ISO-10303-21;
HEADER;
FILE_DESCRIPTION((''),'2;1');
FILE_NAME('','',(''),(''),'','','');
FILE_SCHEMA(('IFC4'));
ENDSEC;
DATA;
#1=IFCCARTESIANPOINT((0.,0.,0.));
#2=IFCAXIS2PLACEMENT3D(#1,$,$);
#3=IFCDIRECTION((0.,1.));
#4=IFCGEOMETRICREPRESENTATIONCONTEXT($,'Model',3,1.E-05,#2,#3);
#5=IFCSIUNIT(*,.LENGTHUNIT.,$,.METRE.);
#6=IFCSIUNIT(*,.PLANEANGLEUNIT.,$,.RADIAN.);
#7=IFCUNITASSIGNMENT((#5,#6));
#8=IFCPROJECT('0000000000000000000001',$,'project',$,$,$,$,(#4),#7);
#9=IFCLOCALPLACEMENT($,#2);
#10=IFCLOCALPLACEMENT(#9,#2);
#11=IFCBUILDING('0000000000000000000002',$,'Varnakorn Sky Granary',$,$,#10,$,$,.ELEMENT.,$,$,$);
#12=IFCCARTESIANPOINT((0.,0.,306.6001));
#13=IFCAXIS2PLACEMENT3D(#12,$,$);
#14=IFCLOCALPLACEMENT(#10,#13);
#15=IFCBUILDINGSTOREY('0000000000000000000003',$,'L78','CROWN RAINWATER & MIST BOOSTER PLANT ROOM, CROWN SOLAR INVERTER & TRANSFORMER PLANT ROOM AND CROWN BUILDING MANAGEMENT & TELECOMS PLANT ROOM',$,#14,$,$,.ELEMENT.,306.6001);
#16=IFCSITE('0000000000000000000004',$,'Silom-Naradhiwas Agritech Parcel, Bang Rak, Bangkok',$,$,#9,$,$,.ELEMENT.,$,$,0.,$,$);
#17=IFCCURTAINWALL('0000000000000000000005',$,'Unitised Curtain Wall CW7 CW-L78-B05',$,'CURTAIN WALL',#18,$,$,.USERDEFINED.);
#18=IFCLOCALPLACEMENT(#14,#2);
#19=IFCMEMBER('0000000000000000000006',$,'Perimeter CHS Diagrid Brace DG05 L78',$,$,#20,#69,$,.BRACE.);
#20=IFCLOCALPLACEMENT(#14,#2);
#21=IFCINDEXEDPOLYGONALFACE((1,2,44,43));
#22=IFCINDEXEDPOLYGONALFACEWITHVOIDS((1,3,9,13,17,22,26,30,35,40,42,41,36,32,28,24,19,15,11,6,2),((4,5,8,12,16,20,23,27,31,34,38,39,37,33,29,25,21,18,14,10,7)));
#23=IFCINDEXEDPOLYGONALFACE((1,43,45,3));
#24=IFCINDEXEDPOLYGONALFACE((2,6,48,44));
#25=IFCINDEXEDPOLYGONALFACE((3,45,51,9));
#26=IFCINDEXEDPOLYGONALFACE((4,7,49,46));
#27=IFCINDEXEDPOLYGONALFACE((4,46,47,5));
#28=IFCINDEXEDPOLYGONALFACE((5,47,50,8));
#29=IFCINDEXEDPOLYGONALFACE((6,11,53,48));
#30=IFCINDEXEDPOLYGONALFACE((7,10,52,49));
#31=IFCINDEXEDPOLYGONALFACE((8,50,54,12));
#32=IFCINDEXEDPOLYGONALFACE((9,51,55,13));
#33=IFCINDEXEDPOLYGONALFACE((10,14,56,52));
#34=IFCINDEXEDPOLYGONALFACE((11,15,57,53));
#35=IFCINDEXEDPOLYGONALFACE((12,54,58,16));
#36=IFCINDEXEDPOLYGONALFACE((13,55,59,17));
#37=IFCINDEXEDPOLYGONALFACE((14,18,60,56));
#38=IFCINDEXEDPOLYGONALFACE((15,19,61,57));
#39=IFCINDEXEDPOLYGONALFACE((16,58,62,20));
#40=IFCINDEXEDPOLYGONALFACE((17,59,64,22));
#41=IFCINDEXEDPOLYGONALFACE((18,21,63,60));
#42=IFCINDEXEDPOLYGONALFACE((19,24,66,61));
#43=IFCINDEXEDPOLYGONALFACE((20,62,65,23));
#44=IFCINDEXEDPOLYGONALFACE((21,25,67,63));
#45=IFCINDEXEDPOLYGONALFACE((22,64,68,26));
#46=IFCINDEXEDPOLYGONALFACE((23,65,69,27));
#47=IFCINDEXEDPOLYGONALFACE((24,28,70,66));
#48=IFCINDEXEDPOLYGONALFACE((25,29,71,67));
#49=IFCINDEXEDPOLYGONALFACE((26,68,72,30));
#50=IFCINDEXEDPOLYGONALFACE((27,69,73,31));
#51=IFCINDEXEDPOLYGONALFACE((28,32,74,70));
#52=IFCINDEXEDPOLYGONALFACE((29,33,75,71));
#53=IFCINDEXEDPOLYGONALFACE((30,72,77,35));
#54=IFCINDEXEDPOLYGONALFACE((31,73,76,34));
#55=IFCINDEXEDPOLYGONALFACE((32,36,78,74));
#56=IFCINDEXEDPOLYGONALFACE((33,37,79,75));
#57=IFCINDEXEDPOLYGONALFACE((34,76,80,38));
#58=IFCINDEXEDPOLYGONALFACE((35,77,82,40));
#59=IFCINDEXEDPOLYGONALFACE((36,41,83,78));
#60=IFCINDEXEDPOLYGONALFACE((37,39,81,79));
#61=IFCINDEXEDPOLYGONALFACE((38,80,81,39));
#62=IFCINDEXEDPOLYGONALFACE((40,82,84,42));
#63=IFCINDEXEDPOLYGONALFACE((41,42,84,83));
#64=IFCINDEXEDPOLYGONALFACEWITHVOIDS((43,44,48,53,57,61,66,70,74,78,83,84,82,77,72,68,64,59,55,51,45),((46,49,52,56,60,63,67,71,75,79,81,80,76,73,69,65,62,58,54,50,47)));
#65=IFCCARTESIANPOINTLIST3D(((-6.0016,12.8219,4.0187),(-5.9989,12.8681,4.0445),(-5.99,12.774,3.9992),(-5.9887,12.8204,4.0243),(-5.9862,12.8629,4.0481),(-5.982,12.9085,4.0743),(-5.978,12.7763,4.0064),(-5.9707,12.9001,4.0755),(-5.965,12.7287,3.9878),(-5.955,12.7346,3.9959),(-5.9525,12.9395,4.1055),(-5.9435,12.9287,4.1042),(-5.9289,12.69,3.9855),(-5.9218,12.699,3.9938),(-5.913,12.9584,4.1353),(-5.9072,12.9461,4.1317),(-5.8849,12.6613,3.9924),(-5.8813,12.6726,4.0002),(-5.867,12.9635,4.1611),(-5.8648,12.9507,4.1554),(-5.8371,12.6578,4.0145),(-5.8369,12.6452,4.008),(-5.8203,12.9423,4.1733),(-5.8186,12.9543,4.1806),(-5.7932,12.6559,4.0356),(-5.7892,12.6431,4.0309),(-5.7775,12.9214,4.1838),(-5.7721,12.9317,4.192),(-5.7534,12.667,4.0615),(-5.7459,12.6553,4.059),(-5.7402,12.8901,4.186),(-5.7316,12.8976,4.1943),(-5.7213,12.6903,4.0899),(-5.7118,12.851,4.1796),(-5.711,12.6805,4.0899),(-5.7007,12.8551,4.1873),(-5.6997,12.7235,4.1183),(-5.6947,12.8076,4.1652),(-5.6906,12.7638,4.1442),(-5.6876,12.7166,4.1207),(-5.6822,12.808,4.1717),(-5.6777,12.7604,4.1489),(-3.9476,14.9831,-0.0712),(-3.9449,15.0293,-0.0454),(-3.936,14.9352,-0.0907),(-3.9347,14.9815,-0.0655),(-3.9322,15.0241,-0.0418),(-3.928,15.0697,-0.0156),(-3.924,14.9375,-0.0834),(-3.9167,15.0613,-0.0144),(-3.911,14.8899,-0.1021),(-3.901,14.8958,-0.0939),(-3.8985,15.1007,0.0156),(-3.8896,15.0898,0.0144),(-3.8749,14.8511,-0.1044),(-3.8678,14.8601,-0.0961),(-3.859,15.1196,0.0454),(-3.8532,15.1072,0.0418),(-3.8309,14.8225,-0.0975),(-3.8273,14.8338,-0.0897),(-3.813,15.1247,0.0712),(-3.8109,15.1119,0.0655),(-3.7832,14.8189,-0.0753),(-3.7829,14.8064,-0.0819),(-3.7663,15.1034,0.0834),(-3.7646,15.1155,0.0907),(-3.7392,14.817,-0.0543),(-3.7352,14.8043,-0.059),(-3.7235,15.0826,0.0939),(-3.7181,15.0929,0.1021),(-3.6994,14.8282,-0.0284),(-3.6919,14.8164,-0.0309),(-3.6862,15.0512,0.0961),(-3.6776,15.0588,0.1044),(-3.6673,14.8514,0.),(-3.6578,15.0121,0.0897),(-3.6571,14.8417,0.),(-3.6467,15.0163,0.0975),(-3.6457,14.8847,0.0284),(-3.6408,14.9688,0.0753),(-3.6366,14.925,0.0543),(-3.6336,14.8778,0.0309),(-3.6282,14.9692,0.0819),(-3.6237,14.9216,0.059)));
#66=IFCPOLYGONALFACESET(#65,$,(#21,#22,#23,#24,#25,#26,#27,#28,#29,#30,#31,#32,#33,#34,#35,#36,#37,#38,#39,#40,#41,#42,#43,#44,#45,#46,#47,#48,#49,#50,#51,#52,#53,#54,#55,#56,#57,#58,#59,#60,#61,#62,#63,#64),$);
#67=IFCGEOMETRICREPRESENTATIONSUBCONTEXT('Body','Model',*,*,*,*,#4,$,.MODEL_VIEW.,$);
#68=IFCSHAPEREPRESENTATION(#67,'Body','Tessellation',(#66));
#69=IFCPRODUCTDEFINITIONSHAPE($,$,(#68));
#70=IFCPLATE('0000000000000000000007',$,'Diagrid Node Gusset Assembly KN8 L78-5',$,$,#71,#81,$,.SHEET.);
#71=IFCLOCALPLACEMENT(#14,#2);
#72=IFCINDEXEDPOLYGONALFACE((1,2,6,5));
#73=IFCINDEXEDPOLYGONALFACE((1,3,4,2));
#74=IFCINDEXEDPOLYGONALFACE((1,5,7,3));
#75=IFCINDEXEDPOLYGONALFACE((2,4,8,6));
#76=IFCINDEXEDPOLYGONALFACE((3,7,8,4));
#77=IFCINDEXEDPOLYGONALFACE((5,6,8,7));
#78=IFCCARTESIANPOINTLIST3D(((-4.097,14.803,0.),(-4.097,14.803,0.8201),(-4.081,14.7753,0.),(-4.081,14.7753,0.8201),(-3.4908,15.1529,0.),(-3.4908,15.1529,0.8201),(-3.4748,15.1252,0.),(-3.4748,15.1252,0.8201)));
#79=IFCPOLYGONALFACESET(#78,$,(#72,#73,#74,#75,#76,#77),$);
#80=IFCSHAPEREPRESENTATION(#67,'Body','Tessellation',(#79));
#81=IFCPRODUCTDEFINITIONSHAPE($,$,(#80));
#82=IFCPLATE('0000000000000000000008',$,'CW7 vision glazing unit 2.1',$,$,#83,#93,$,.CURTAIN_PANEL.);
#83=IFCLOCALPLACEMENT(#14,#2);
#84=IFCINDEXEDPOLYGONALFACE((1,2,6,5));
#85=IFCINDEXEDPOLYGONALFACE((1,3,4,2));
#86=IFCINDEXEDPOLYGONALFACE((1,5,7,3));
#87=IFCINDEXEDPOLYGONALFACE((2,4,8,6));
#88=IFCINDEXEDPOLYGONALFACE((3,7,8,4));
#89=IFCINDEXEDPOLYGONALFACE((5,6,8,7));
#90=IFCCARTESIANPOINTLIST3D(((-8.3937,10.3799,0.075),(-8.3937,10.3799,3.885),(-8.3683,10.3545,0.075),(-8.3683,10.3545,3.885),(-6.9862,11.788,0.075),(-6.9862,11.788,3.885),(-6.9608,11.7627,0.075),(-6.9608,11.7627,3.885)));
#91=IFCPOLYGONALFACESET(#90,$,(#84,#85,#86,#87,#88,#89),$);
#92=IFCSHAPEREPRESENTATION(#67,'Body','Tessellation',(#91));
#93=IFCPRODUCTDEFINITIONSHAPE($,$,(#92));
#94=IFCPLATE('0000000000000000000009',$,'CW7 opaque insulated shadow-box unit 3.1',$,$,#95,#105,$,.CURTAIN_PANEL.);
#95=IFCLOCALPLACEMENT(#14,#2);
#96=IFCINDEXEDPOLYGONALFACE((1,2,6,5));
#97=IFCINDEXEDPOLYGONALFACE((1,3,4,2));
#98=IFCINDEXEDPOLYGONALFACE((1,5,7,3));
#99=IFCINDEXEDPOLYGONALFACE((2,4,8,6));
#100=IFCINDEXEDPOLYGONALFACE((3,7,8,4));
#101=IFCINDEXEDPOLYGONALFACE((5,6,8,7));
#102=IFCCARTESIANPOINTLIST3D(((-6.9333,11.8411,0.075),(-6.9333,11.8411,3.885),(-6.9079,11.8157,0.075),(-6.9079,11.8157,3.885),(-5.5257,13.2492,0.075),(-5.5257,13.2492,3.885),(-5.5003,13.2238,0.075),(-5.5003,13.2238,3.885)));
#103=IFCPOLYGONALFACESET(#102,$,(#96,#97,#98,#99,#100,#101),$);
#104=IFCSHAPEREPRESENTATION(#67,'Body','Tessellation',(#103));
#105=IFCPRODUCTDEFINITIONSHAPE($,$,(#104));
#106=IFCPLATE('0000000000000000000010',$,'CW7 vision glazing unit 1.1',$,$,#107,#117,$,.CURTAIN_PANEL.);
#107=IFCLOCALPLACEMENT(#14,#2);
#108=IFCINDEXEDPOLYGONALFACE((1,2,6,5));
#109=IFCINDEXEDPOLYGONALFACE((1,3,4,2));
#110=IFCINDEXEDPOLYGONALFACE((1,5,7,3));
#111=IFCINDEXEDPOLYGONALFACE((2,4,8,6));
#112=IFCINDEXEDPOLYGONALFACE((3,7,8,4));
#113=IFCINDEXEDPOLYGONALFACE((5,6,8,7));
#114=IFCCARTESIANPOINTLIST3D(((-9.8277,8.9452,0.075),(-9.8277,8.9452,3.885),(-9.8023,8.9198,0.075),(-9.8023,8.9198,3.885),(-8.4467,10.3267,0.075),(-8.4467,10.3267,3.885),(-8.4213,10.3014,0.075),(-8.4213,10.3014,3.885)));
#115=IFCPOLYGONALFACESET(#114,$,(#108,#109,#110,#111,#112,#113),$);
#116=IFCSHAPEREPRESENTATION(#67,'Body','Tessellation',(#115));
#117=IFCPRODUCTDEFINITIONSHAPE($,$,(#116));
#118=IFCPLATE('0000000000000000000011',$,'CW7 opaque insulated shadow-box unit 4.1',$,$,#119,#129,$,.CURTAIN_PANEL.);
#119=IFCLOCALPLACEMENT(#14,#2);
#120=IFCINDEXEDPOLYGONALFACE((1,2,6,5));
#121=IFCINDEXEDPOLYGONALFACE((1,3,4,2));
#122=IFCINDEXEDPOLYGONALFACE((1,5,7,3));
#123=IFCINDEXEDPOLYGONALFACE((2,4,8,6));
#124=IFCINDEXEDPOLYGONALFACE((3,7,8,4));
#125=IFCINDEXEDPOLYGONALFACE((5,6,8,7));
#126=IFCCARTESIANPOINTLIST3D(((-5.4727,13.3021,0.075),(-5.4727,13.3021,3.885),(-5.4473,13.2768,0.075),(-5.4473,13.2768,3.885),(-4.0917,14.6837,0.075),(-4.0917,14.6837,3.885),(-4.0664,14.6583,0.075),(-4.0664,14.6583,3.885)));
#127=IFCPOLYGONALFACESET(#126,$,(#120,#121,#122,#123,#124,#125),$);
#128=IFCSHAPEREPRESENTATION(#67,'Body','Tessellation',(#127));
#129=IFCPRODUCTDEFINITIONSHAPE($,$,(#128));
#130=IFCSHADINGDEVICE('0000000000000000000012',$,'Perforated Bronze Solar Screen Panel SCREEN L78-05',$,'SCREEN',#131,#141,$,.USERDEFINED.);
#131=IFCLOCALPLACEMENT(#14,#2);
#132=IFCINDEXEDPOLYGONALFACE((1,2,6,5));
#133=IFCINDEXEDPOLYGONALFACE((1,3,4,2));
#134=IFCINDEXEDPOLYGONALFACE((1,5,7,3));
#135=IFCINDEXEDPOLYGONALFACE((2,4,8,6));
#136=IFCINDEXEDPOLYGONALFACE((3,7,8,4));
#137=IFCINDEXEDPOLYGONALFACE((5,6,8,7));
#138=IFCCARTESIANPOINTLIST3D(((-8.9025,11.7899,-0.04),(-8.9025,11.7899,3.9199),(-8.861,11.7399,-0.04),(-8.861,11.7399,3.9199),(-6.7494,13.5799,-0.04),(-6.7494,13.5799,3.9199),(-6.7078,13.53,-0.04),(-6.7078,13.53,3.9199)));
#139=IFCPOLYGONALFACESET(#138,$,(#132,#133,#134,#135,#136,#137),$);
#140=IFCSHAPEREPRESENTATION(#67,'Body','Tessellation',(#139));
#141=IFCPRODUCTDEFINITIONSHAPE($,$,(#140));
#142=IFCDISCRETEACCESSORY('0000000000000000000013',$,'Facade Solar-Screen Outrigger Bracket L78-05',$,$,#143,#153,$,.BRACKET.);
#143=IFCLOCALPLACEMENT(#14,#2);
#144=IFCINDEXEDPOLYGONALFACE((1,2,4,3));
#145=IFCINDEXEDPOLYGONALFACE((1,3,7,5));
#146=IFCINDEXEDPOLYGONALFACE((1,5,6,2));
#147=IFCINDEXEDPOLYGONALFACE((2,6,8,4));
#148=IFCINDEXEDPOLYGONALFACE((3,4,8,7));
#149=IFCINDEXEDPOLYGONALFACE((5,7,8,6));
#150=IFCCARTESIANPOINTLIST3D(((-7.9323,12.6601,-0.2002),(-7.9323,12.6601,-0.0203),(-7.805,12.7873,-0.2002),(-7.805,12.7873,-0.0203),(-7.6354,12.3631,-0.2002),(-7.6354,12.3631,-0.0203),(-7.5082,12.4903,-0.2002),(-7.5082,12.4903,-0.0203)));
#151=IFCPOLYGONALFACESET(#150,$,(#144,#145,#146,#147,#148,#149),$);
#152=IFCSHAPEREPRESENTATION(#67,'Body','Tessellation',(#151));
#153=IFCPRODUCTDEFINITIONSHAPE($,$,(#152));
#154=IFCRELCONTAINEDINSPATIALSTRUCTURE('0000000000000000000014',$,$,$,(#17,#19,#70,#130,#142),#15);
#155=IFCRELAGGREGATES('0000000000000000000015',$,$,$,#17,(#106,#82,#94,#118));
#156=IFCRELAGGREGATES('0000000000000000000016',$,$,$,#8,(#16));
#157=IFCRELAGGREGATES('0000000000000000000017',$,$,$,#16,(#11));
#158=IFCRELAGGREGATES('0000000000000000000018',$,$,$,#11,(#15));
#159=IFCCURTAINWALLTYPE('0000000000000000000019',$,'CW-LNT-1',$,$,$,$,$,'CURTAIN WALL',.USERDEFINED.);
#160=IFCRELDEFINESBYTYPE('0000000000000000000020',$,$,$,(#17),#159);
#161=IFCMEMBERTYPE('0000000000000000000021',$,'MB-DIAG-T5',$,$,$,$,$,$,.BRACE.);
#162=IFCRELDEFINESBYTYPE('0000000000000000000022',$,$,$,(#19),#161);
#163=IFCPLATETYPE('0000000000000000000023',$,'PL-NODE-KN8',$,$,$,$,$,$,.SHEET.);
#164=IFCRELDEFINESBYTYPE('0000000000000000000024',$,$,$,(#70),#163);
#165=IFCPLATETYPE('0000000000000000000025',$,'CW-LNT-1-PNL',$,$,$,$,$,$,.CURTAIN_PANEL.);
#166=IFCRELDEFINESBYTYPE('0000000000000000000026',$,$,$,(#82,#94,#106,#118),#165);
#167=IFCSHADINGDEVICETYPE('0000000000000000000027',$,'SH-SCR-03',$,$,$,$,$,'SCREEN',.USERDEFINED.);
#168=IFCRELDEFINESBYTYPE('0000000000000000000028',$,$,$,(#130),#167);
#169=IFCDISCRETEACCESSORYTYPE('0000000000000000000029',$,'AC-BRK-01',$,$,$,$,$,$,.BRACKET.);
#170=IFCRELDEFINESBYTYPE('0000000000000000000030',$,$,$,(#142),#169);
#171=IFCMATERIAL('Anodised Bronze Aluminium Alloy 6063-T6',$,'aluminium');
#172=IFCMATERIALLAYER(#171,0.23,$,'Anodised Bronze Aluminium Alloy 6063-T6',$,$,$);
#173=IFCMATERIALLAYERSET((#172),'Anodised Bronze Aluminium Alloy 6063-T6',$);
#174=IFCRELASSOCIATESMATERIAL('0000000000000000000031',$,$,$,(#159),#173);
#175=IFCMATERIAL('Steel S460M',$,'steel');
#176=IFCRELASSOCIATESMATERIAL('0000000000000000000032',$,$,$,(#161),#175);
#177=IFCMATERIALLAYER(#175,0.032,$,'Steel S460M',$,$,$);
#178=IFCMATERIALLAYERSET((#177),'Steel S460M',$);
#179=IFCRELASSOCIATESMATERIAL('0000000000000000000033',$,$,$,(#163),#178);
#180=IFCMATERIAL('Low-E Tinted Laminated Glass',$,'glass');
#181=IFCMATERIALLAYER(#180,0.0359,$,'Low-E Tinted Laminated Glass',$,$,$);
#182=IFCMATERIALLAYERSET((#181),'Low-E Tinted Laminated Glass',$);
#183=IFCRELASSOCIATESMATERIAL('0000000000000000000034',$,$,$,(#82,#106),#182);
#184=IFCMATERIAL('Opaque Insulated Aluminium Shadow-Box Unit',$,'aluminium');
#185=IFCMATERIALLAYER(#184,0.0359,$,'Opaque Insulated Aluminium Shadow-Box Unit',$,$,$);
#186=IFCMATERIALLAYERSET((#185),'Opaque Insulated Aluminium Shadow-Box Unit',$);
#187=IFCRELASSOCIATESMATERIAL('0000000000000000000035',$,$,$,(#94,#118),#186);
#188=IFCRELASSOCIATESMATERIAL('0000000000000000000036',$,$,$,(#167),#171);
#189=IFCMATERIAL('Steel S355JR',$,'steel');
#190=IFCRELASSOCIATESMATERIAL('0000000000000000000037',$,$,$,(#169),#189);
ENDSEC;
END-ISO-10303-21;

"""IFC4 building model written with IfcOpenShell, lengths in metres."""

from ifc_helpers import new_model, si_unit, direction, frame, origin, origin_2d, place, context, subcontext, project, spatial, rectangle, hollow_circle, extrude, source, transform, mapped, material, layer, layer_set, material_profile, profile_set, type_object, type_shapes, element, aggregate, save


model = new_model("IFC4")

# Units and contexts
model_context = context("Model", 3, precision=1e-05, world=origin(), true_north=direction((0.0, 1.0)))
body_context = subcontext(model_context, "Body", "Model", "MODEL_VIEW")
ifc_project = project(units=[si_unit("LENGTHUNIT", "METRE"), si_unit("PLANEANGLEUNIT", "RADIAN")], contexts=[model_context])

# Site, building, storey
site_placement = place(None, origin())
site = spatial("IfcSite", under=ifc_project, at=site_placement, Name="Silom-Naradhiwas Agritech Parcel, Bang Rak, Bangkok", CompositionType="ELEMENT", RefElevation=0.0)
building_placement = place(site_placement, origin())
building = spatial("IfcBuilding", under=site, at=building_placement, Name="Varnakorn Sky Granary", CompositionType="ELEMENT")
storey_placement = place(building_placement, frame((0.0, 0.0, 306.6001)))
storey = spatial("IfcBuildingStorey", under=building, at=storey_placement, Name="L78", Description="CROWN RAINWATER & MIST BOOSTER PLANT ROOM, CROWN SOLAR INVERTER & TRANSFORMER PLANT ROOM AND CROWN BUILDING MANAGEMENT & TELECOMS PLANT ROOM", CompositionType="ELEMENT", Elevation=306.6001)

# Shared definitions
ifc_material_1 = material(Name="Steel S460M", Category="steel")

# Shared definitions
ifc_material_2 = material(Name="Steel S355JR", Category="steel")

# Curtain wall
ifc_material_3 = material(Name="Anodised Bronze Aluminium Alloy 6063-T6", Category="aluminium")
ifc_layer_1 = layer(ifc_material_3, 0.23, Name="Anodised Bronze Aluminium Alloy 6063-T6")
ifc_layer_set_1 = layer_set([ifc_layer_1], Name="Anodised Bronze Aluminium Alloy 6063-T6")
curtain_wall_type = type_object("IfcCurtainWallType", Name="CW-LNT-1", ElementType="CURTAIN WALL", PredefinedType="USERDEFINED", material=ifc_layer_set_1)
curtain_wall_placement = place(storey_placement, origin())
curtain_wall = element("IfcCurtainWall", 1, at=curtain_wall_placement, inside=storey, type_object=curtain_wall_type, Name="Unitised Curtain Wall CW7 CW-L78-B05", ObjectType="CURTAIN WALL", PredefinedType="USERDEFINED")

# Member
ifc_material_profile_1 = material_profile(ifc_material_1, hollow_circle(Radius=0.1777, WallThickness=0.0142, at=origin_2d()), Name="CHS 355.6x14")
ifc_profile_set_1 = profile_set([ifc_material_profile_1], Name="Steel S460M")
member_type_1 = type_object("IfcMemberType", Name="MB-DIAG-T5", PredefinedType="BRACE", material=ifc_profile_set_1)
member_1_placement = place(storey_placement, frame((-3.7859, 14.9641, 0.0), z_axis=(-0.405821, -0.426998, 0.808073), x_axis=(0.724852, -0.688904, 0.0)))
element("IfcMember", 2, at=member_1_placement, inside=storey, type_object=member_type_1, Name="Perimeter CHS Diagrid Brace DG05 L78", PredefinedType="BRACE", context=body_context, shape_type="SweptSolid", body=[
    extrude(hollow_circle(Radius=0.1777, WallThickness=0.0142, at=origin_2d()), origin(), (0.0, 0.0, 1.0), 5.0613),
])

# Plates
ifc_layer_2 = layer(ifc_material_1, 0.032, Name="Steel S460M")
ifc_layer_set_2 = layer_set([ifc_layer_2], Name="Steel S460M")
plate_type_1 = type_object("IfcPlateType", Name="PL-NODE-KN8", PredefinedType="SHEET", material=ifc_layer_set_2)
plate_1_placement = place(storey_placement, frame((-3.7859, 14.9641, 0.0), z_axis=(0.0, 0.0, 1.0), x_axis=(-0.866114, -0.499847, 0.0)))
element("IfcPlate", 3, at=plate_1_placement, inside=storey, type_object=plate_type_1, Name="Diagrid Node Gusset Assembly KN8 L78-5", PredefinedType="SHEET", context=body_context, shape_type="SweptSolid", body=[
    extrude(rectangle(XDim=0.7, YDim=0.032, at=origin_2d()), origin(), (0.0, 0.0, 1.0), 0.8201),
])
ifc_material_4 = material(Name="Low-E Tinted Laminated Glass", Category="glass")
ifc_layer_3 = layer(ifc_material_4, 0.0359, Name="Low-E Tinted Laminated Glass")
ifc_layer_set_3 = layer_set([ifc_layer_3], Name="Low-E Tinted Laminated Glass")
plate_type_2 = type_object("IfcPlateType", Name="CW-LNT-1-PNL", PredefinedType="CURTAIN_PANEL")
shared_shape_1 = source(origin(), body_context, "Body", "SweptSolid", [
    extrude(rectangle(XDim=1.991, YDim=0.0359, at=origin_2d()), origin(), (0.0, 0.0, 1.0), 3.8101),
])
plate_2_placement = place(storey_placement, frame((-7.6772, 11.0713, 0.075), z_axis=(0.0, 0.0, 1.0), x_axis=(0.706962, 0.707252, 0.0)))
plate_2 = element("IfcPlate", 4, at=plate_2_placement, type_object=plate_type_2, material=ifc_layer_set_3, Name="CW7 vision glazing unit 2.1", PredefinedType="CURTAIN_PANEL", context=body_context, shape_type="MappedRepresentation", body=[
    mapped(shared_shape_1, transform((0.0, 0.0, 0.0), x_axis=(1.0, 0.0, 0.0), y_axis=(0.0, 1.0, 0.0), z_axis=(0.0, 0.0, 1.0), scale=1.0)),
])
ifc_material_5 = material(Name="Opaque Insulated Aluminium Shadow-Box Unit", Category="aluminium")
ifc_layer_4 = layer(ifc_material_5, 0.0359, Name="Opaque Insulated Aluminium Shadow-Box Unit")
ifc_layer_set_4 = layer_set([ifc_layer_4], Name="Opaque Insulated Aluminium Shadow-Box Unit")
plate_3_placement = place(storey_placement, frame((-6.2168, 12.5325, 0.075), z_axis=(0.0, 0.0, 1.0), x_axis=(0.706962, 0.707252, 0.0)))
plate_3 = element("IfcPlate", 5, at=plate_3_placement, type_object=plate_type_2, material=ifc_layer_set_4, Name="CW7 opaque insulated shadow-box unit 3.1", PredefinedType="CURTAIN_PANEL", context=body_context, shape_type="MappedRepresentation", body=[
    mapped(shared_shape_1, transform((0.0, 0.0, 0.0), x_axis=(1.0, 0.0, 0.0), y_axis=(0.0, 1.0, 0.0), z_axis=(0.0, 0.0, 1.0), scale=1.0)),
])
shared_shape_2 = source(origin(), body_context, "Body", "SweptSolid", [
    extrude(rectangle(XDim=1.9534, YDim=0.0359, at=origin_2d()), origin(), (0.0, 0.0, 1.0), 3.8101),
])
type_shapes(plate_type_2, [shared_shape_1, shared_shape_2])
plate_4_placement = place(storey_placement, frame((-9.1245, 9.6233, 0.075), z_axis=(0.0, 0.0, 1.0), x_axis=(0.706962, 0.707252, 0.0)))
plate_4 = element("IfcPlate", 6, at=plate_4_placement, type_object=plate_type_2, material=ifc_layer_set_3, Name="CW7 vision glazing unit 1.1", PredefinedType="CURTAIN_PANEL", context=body_context, shape_type="MappedRepresentation", body=[
    mapped(shared_shape_2, transform((0.0, 0.0, 0.0), x_axis=(1.0, 0.0, 0.0), y_axis=(0.0, 1.0, 0.0), z_axis=(0.0, 0.0, 1.0), scale=1.0)),
])
plate_5_placement = place(storey_placement, frame((-4.7695, 13.9802, 0.075), z_axis=(0.0, 0.0, 1.0), x_axis=(0.706962, 0.707252, 0.0)))
plate_5 = element("IfcPlate", 7, at=plate_5_placement, type_object=plate_type_2, material=ifc_layer_set_4, Name="CW7 opaque insulated shadow-box unit 4.1", PredefinedType="CURTAIN_PANEL", context=body_context, shape_type="MappedRepresentation", body=[
    mapped(shared_shape_2, transform((0.0, 0.0, 0.0), x_axis=(1.0, 0.0, 0.0), y_axis=(0.0, 1.0, 0.0), z_axis=(0.0, 0.0, 1.0), scale=1.0)),
])
aggregate(curtain_wall, [plate_4, plate_2, plate_3, plate_5])

# Shading device
shading_device_type = type_object("IfcShadingDeviceType", Name="SH-SCR-03", ElementType="SCREEN", PredefinedType="USERDEFINED", material=ifc_material_3)
shared_shape_3 = source(origin(), body_context, "Body", "SweptSolid", [
    extrude(rectangle(XDim=2.8, YDim=0.0649, at=origin_2d()), origin(), (0.0, 0.0, 1.0), 3.96),
])
type_shapes(shading_device_type, [shared_shape_3])
shading_device_placement = place(storey_placement, frame((-7.8052, 12.6599, -0.04), z_axis=(0.0, 0.0, 1.0), x_axis=(-0.768967, -0.639288, 0.0)))
element("IfcShadingDevice", 8, at=shading_device_placement, inside=storey, type_object=shading_device_type, Name="Perforated Bronze Solar Screen Panel SCREEN L78-05", ObjectType="SCREEN", PredefinedType="USERDEFINED", context=body_context, shape_type="MappedRepresentation", body=[
    mapped(shared_shape_3, transform((0.0, 0.0, 0.0), x_axis=(1.0, 0.0, 0.0), y_axis=(0.0, 1.0, 0.0), z_axis=(0.0, 0.0, 1.0), scale=1.0)),
])

# Discrete accessory
discrete_accessory_type = type_object("IfcDiscreteAccessoryType", Name="AC-BRK-01", PredefinedType="BRACKET", material=ifc_material_2)
shared_shape_4 = source(origin(), body_context, "Body", "SweptSolid", [
    extrude(rectangle(XDim=0.1799, YDim=0.4199, at=origin_2d()), origin(), (0.0, 0.0, 1.0), 0.1799),
])
type_shapes(discrete_accessory_type, [shared_shape_4])
discrete_accessory_placement = place(storey_placement, frame((-7.7202, 12.5752, -0.2002), z_axis=(0.0, 0.0, 1.0), x_axis=(-0.707245, -0.706968, 0.0)))
element("IfcDiscreteAccessory", 9, at=discrete_accessory_placement, inside=storey, type_object=discrete_accessory_type, Name="Facade Solar-Screen Outrigger Bracket L78-05", PredefinedType="BRACKET", context=body_context, shape_type="MappedRepresentation", body=[
    mapped(shared_shape_4, transform((0.0, 0.0, 0.0), x_axis=(1.0, 0.0, 0.0), y_axis=(0.0, 1.0, 0.0), z_axis=(0.0, 0.0, 1.0), scale=1.0)),
])

save(model, "model.ifc")
